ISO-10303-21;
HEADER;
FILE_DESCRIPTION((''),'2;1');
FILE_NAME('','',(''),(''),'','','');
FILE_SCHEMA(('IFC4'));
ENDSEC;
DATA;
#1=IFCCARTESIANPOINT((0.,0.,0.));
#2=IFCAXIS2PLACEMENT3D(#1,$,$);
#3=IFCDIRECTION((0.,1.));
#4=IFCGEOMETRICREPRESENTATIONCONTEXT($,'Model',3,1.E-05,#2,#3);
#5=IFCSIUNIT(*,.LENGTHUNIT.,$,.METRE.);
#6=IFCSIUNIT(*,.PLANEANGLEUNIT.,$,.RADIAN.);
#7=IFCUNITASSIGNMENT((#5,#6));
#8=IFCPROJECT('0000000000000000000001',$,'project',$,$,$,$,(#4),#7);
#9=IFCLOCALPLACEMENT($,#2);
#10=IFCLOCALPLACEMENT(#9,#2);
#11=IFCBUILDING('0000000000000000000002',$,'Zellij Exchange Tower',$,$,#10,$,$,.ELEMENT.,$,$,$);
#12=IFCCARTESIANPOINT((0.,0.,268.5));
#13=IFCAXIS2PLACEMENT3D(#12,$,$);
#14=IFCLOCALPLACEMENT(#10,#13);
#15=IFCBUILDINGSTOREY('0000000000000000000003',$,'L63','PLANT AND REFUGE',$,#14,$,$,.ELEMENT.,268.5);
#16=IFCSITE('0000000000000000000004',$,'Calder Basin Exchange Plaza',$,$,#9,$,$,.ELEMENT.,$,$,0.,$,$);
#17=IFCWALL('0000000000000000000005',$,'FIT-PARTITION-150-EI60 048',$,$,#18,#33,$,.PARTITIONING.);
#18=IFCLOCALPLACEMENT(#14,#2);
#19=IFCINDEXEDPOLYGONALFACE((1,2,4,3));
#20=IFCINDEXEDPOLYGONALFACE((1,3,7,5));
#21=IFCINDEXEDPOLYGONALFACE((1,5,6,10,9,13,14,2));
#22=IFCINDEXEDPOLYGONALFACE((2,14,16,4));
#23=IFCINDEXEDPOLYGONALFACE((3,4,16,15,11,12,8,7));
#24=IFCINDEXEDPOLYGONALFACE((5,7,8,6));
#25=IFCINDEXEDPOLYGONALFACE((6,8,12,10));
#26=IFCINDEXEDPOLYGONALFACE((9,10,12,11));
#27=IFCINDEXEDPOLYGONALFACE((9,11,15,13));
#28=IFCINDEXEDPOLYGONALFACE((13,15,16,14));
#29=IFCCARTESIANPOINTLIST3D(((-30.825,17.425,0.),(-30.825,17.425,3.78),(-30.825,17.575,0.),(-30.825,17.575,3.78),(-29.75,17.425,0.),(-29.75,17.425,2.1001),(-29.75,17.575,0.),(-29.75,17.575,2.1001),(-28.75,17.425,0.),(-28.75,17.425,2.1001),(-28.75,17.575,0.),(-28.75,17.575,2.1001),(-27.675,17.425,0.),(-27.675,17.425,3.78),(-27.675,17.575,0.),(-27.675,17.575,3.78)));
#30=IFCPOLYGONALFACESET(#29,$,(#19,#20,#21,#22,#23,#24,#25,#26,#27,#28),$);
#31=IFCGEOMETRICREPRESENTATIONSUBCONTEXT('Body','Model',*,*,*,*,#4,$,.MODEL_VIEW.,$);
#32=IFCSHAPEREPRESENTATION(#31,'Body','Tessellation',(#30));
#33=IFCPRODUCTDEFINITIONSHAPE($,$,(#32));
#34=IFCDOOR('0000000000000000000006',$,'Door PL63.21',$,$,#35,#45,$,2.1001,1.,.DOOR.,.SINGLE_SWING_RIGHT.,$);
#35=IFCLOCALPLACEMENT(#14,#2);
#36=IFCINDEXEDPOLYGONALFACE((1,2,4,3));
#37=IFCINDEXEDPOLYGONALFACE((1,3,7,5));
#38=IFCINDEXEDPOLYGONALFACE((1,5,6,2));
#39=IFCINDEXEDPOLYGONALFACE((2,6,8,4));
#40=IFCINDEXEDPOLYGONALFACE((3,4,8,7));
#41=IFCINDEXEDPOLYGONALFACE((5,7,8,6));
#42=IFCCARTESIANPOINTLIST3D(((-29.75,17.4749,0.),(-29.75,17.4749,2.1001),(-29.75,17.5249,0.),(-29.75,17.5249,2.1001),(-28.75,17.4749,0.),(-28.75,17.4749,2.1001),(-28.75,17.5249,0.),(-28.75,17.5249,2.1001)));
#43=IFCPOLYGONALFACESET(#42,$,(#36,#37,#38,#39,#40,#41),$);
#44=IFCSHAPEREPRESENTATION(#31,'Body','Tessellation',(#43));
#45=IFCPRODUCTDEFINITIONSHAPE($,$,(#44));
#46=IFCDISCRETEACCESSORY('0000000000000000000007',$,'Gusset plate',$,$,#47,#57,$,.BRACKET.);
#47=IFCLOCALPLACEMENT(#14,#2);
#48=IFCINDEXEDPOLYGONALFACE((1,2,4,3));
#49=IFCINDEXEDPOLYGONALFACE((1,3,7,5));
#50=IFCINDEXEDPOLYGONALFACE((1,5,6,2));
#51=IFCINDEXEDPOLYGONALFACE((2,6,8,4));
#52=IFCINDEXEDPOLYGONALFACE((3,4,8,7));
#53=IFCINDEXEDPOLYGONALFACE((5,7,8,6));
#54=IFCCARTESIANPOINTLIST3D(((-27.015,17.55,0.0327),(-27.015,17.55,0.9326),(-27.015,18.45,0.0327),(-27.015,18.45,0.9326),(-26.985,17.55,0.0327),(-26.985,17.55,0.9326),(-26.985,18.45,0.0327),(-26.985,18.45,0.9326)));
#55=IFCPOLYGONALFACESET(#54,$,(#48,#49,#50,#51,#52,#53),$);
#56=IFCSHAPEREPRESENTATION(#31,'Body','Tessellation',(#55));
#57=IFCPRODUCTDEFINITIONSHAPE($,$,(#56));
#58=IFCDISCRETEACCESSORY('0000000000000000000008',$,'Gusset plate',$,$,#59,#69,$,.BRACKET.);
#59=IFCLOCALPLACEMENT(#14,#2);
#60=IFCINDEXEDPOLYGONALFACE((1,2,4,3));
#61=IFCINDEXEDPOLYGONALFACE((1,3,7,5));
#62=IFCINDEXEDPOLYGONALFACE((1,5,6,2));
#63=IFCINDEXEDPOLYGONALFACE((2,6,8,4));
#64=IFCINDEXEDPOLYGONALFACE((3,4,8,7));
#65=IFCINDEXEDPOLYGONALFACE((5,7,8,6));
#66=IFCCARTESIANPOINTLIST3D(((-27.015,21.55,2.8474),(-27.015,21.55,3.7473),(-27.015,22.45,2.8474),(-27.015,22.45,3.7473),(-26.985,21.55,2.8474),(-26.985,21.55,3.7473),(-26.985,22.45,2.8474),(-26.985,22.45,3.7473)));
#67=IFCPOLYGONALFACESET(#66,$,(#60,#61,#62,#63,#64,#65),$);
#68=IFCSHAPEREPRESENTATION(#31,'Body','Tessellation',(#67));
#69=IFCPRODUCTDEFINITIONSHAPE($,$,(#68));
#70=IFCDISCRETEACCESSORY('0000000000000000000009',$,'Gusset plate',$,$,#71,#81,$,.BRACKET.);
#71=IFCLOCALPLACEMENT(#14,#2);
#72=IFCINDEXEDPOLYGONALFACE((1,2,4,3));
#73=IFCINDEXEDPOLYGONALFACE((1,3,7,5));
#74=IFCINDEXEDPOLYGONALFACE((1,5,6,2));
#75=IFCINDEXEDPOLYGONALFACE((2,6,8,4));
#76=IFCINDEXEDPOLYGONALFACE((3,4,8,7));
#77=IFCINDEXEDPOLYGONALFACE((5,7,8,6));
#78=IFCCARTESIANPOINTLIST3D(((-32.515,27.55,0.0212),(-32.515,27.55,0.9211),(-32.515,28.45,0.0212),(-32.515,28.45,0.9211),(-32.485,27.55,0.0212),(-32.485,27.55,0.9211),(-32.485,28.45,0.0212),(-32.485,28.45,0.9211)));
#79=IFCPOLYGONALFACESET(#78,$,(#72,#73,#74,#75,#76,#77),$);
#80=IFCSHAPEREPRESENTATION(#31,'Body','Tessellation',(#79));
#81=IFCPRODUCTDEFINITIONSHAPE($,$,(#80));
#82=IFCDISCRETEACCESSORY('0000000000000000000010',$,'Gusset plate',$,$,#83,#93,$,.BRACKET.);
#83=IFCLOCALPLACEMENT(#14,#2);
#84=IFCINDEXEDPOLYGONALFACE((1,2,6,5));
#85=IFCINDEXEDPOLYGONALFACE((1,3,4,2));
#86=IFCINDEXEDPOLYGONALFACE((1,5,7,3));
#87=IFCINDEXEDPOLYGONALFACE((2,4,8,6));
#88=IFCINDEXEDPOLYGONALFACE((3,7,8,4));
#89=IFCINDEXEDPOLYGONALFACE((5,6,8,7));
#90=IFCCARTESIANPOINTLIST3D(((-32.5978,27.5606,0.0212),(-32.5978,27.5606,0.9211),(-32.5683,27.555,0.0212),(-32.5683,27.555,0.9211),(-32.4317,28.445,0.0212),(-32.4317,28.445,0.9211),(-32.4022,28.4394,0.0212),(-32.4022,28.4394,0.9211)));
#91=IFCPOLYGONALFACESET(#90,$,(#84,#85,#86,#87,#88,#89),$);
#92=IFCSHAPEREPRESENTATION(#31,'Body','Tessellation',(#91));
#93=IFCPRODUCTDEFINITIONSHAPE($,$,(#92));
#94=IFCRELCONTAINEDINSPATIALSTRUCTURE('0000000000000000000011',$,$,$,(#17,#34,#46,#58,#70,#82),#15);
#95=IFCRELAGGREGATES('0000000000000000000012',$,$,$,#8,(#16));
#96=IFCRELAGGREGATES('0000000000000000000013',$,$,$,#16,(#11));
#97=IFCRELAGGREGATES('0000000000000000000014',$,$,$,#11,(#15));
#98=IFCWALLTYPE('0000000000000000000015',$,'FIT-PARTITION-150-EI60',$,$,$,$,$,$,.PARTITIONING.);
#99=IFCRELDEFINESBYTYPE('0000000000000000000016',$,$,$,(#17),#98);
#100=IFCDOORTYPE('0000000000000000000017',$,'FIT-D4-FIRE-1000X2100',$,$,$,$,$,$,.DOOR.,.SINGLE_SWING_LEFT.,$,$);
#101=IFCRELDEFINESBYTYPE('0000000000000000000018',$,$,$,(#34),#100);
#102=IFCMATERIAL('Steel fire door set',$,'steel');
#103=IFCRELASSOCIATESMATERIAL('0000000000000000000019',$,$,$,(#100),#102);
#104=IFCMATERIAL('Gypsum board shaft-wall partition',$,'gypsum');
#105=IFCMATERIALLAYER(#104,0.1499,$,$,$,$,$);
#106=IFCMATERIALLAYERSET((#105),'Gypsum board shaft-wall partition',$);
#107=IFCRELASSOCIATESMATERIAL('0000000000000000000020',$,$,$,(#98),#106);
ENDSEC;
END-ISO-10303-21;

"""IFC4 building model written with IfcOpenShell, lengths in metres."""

from ifc_helpers import new_model, si_unit, direction, frame, frame_2d, origin, origin_2d, place, context, subcontext, project, spatial, rectangle, extrude, material, layer, layer_set, type_object, element, fill, save


model = new_model("IFC4")

# Units and contexts
model_context = context("Model", 3, precision=1e-05, world=origin(), true_north=direction((0.0, 1.0)))
body_context = subcontext(model_context, "Body", "Model", "MODEL_VIEW")
ifc_project = project(units=[si_unit("LENGTHUNIT", "METRE"), si_unit("PLANEANGLEUNIT", "RADIAN")], contexts=[model_context])

# Site, building, storey
site_placement = place(None, origin())
site = spatial("IfcSite", under=ifc_project, at=site_placement, Name="Calder Basin Exchange Plaza", CompositionType="ELEMENT", RefElevation=0.0)
building_placement = place(site_placement, origin())
building = spatial("IfcBuilding", under=site, at=building_placement, Name="Zellij Exchange Tower", CompositionType="ELEMENT")
storey_placement = place(building_placement, frame((0.0, 0.0, 268.5)))
storey = spatial("IfcBuildingStorey", under=building, at=storey_placement, Name="L63", Description="PLANT AND REFUGE", CompositionType="ELEMENT", Elevation=268.5)

# Shared definitions
ifc_material_1 = material(Name="Steel fire door set", Category="steel")
door_type = type_object("IfcDoorType", Name="FIT-D4-FIRE-1000X2100", OperationType="SINGLE_SWING_LEFT", PredefinedType="DOOR", material=ifc_material_1)

# Wall, opening, door
ifc_material_2 = material(Name="Gypsum board shaft-wall partition", Category="gypsum")
ifc_layer_1 = layer(ifc_material_2, 0.1499)
ifc_layer_set_1 = layer_set([ifc_layer_1], Name="Gypsum board shaft-wall partition")
wall_type_1 = type_object("IfcWallType", Name="FIT-PARTITION-150-EI60", PredefinedType="PARTITIONING", material=ifc_layer_set_1)
wall_1_placement = place(storey_placement, frame((-30.825, 17.5, 0.0), z_axis=(0.0, 0.0, 1.0), x_axis=(1.0, 0.0, 0.0)))
wall_1 = element("IfcWall", 1, at=wall_1_placement, inside=storey, type_object=wall_type_1, Name="FIT-PARTITION-150-EI60 048", PredefinedType="PARTITIONING", context=body_context, shape_type="SweptSolid", body=[
    extrude(rectangle(XDim=3.1499, YDim=0.1499, at=frame_2d((1.575, 0.0))), origin(), (0.0, 0.0, 1.0), 3.78),
])
opening_1_placement = place(wall_1_placement, frame((1.075, 0.0, 0.0)))
opening_1 = element("IfcOpeningElement", 2, at=opening_1_placement, cuts=wall_1, PredefinedType="OPENING", context=body_context, shape_type="SweptSolid", body=[
    extrude(rectangle(XDim=1.0, YDim=2.1001, at=frame_2d((0.5, 1.05))), frame((0.0, 0.0869, 0.0), z_axis=(0.0, -1.0, 0.0), x_axis=(1.0, 0.0, 0.0)), (0.0, 0.0, 1.0), 0.1738),
])
door_1_placement = place(opening_1_placement, origin())
door_1 = element("IfcDoor", 3, at=door_1_placement, inside=storey, type_object=door_type, Name="Door PL63.21", OperationType="SINGLE_SWING_RIGHT", OverallHeight=2.1001, OverallWidth=1.0, PredefinedType="DOOR", context=body_context, shape_type="SweptSolid", body=[
    extrude(rectangle(XDim=1.0, YDim=2.1001, at=frame_2d((0.5, 1.05))), frame((0.0, 0.0249, 0.0), z_axis=(0.0, -1.0, 0.0), x_axis=(1.0, 0.0, 0.0)), (0.0, 0.0, 1.0), 0.05),
])
fill(opening_1, door_1)

# Discrete accessories
for number, where, z_axis, x_axis, name in (
    (4, (-27.0, 18.0, 0.0327), (0.0, 0.0, 1.0), (0.0, 1.0, 0.0), "Gusset plate"),
    (5, (-27.0, 22.0, 2.8474), (0.0, 0.0, 1.0), (0.0, 1.0, 0.0), "Gusset plate"),
    (6, (-32.5, 28.0, 0.0212), (0.0, 0.0, 1.0), (0.0, 1.0, 0.0), "Gusset plate"),
    (7, (-32.5, 28.0, 0.0212), (0.0, 0.0, 1.0), (0.184617, 0.982811, 0.0), "Gusset plate"),
):
    element("IfcDiscreteAccessory", number, at=place(storey_placement, frame(where, z_axis=z_axis, x_axis=x_axis)), inside=storey, Name=name, PredefinedType="BRACKET", context=body_context, shape_type="SweptSolid", body=[
        extrude(rectangle(XDim=0.8999, YDim=0.03, at=origin_2d()), origin(), (0.0, 0.0, 1.0), 0.8999),
    ])

save(model, "model.ifc")
